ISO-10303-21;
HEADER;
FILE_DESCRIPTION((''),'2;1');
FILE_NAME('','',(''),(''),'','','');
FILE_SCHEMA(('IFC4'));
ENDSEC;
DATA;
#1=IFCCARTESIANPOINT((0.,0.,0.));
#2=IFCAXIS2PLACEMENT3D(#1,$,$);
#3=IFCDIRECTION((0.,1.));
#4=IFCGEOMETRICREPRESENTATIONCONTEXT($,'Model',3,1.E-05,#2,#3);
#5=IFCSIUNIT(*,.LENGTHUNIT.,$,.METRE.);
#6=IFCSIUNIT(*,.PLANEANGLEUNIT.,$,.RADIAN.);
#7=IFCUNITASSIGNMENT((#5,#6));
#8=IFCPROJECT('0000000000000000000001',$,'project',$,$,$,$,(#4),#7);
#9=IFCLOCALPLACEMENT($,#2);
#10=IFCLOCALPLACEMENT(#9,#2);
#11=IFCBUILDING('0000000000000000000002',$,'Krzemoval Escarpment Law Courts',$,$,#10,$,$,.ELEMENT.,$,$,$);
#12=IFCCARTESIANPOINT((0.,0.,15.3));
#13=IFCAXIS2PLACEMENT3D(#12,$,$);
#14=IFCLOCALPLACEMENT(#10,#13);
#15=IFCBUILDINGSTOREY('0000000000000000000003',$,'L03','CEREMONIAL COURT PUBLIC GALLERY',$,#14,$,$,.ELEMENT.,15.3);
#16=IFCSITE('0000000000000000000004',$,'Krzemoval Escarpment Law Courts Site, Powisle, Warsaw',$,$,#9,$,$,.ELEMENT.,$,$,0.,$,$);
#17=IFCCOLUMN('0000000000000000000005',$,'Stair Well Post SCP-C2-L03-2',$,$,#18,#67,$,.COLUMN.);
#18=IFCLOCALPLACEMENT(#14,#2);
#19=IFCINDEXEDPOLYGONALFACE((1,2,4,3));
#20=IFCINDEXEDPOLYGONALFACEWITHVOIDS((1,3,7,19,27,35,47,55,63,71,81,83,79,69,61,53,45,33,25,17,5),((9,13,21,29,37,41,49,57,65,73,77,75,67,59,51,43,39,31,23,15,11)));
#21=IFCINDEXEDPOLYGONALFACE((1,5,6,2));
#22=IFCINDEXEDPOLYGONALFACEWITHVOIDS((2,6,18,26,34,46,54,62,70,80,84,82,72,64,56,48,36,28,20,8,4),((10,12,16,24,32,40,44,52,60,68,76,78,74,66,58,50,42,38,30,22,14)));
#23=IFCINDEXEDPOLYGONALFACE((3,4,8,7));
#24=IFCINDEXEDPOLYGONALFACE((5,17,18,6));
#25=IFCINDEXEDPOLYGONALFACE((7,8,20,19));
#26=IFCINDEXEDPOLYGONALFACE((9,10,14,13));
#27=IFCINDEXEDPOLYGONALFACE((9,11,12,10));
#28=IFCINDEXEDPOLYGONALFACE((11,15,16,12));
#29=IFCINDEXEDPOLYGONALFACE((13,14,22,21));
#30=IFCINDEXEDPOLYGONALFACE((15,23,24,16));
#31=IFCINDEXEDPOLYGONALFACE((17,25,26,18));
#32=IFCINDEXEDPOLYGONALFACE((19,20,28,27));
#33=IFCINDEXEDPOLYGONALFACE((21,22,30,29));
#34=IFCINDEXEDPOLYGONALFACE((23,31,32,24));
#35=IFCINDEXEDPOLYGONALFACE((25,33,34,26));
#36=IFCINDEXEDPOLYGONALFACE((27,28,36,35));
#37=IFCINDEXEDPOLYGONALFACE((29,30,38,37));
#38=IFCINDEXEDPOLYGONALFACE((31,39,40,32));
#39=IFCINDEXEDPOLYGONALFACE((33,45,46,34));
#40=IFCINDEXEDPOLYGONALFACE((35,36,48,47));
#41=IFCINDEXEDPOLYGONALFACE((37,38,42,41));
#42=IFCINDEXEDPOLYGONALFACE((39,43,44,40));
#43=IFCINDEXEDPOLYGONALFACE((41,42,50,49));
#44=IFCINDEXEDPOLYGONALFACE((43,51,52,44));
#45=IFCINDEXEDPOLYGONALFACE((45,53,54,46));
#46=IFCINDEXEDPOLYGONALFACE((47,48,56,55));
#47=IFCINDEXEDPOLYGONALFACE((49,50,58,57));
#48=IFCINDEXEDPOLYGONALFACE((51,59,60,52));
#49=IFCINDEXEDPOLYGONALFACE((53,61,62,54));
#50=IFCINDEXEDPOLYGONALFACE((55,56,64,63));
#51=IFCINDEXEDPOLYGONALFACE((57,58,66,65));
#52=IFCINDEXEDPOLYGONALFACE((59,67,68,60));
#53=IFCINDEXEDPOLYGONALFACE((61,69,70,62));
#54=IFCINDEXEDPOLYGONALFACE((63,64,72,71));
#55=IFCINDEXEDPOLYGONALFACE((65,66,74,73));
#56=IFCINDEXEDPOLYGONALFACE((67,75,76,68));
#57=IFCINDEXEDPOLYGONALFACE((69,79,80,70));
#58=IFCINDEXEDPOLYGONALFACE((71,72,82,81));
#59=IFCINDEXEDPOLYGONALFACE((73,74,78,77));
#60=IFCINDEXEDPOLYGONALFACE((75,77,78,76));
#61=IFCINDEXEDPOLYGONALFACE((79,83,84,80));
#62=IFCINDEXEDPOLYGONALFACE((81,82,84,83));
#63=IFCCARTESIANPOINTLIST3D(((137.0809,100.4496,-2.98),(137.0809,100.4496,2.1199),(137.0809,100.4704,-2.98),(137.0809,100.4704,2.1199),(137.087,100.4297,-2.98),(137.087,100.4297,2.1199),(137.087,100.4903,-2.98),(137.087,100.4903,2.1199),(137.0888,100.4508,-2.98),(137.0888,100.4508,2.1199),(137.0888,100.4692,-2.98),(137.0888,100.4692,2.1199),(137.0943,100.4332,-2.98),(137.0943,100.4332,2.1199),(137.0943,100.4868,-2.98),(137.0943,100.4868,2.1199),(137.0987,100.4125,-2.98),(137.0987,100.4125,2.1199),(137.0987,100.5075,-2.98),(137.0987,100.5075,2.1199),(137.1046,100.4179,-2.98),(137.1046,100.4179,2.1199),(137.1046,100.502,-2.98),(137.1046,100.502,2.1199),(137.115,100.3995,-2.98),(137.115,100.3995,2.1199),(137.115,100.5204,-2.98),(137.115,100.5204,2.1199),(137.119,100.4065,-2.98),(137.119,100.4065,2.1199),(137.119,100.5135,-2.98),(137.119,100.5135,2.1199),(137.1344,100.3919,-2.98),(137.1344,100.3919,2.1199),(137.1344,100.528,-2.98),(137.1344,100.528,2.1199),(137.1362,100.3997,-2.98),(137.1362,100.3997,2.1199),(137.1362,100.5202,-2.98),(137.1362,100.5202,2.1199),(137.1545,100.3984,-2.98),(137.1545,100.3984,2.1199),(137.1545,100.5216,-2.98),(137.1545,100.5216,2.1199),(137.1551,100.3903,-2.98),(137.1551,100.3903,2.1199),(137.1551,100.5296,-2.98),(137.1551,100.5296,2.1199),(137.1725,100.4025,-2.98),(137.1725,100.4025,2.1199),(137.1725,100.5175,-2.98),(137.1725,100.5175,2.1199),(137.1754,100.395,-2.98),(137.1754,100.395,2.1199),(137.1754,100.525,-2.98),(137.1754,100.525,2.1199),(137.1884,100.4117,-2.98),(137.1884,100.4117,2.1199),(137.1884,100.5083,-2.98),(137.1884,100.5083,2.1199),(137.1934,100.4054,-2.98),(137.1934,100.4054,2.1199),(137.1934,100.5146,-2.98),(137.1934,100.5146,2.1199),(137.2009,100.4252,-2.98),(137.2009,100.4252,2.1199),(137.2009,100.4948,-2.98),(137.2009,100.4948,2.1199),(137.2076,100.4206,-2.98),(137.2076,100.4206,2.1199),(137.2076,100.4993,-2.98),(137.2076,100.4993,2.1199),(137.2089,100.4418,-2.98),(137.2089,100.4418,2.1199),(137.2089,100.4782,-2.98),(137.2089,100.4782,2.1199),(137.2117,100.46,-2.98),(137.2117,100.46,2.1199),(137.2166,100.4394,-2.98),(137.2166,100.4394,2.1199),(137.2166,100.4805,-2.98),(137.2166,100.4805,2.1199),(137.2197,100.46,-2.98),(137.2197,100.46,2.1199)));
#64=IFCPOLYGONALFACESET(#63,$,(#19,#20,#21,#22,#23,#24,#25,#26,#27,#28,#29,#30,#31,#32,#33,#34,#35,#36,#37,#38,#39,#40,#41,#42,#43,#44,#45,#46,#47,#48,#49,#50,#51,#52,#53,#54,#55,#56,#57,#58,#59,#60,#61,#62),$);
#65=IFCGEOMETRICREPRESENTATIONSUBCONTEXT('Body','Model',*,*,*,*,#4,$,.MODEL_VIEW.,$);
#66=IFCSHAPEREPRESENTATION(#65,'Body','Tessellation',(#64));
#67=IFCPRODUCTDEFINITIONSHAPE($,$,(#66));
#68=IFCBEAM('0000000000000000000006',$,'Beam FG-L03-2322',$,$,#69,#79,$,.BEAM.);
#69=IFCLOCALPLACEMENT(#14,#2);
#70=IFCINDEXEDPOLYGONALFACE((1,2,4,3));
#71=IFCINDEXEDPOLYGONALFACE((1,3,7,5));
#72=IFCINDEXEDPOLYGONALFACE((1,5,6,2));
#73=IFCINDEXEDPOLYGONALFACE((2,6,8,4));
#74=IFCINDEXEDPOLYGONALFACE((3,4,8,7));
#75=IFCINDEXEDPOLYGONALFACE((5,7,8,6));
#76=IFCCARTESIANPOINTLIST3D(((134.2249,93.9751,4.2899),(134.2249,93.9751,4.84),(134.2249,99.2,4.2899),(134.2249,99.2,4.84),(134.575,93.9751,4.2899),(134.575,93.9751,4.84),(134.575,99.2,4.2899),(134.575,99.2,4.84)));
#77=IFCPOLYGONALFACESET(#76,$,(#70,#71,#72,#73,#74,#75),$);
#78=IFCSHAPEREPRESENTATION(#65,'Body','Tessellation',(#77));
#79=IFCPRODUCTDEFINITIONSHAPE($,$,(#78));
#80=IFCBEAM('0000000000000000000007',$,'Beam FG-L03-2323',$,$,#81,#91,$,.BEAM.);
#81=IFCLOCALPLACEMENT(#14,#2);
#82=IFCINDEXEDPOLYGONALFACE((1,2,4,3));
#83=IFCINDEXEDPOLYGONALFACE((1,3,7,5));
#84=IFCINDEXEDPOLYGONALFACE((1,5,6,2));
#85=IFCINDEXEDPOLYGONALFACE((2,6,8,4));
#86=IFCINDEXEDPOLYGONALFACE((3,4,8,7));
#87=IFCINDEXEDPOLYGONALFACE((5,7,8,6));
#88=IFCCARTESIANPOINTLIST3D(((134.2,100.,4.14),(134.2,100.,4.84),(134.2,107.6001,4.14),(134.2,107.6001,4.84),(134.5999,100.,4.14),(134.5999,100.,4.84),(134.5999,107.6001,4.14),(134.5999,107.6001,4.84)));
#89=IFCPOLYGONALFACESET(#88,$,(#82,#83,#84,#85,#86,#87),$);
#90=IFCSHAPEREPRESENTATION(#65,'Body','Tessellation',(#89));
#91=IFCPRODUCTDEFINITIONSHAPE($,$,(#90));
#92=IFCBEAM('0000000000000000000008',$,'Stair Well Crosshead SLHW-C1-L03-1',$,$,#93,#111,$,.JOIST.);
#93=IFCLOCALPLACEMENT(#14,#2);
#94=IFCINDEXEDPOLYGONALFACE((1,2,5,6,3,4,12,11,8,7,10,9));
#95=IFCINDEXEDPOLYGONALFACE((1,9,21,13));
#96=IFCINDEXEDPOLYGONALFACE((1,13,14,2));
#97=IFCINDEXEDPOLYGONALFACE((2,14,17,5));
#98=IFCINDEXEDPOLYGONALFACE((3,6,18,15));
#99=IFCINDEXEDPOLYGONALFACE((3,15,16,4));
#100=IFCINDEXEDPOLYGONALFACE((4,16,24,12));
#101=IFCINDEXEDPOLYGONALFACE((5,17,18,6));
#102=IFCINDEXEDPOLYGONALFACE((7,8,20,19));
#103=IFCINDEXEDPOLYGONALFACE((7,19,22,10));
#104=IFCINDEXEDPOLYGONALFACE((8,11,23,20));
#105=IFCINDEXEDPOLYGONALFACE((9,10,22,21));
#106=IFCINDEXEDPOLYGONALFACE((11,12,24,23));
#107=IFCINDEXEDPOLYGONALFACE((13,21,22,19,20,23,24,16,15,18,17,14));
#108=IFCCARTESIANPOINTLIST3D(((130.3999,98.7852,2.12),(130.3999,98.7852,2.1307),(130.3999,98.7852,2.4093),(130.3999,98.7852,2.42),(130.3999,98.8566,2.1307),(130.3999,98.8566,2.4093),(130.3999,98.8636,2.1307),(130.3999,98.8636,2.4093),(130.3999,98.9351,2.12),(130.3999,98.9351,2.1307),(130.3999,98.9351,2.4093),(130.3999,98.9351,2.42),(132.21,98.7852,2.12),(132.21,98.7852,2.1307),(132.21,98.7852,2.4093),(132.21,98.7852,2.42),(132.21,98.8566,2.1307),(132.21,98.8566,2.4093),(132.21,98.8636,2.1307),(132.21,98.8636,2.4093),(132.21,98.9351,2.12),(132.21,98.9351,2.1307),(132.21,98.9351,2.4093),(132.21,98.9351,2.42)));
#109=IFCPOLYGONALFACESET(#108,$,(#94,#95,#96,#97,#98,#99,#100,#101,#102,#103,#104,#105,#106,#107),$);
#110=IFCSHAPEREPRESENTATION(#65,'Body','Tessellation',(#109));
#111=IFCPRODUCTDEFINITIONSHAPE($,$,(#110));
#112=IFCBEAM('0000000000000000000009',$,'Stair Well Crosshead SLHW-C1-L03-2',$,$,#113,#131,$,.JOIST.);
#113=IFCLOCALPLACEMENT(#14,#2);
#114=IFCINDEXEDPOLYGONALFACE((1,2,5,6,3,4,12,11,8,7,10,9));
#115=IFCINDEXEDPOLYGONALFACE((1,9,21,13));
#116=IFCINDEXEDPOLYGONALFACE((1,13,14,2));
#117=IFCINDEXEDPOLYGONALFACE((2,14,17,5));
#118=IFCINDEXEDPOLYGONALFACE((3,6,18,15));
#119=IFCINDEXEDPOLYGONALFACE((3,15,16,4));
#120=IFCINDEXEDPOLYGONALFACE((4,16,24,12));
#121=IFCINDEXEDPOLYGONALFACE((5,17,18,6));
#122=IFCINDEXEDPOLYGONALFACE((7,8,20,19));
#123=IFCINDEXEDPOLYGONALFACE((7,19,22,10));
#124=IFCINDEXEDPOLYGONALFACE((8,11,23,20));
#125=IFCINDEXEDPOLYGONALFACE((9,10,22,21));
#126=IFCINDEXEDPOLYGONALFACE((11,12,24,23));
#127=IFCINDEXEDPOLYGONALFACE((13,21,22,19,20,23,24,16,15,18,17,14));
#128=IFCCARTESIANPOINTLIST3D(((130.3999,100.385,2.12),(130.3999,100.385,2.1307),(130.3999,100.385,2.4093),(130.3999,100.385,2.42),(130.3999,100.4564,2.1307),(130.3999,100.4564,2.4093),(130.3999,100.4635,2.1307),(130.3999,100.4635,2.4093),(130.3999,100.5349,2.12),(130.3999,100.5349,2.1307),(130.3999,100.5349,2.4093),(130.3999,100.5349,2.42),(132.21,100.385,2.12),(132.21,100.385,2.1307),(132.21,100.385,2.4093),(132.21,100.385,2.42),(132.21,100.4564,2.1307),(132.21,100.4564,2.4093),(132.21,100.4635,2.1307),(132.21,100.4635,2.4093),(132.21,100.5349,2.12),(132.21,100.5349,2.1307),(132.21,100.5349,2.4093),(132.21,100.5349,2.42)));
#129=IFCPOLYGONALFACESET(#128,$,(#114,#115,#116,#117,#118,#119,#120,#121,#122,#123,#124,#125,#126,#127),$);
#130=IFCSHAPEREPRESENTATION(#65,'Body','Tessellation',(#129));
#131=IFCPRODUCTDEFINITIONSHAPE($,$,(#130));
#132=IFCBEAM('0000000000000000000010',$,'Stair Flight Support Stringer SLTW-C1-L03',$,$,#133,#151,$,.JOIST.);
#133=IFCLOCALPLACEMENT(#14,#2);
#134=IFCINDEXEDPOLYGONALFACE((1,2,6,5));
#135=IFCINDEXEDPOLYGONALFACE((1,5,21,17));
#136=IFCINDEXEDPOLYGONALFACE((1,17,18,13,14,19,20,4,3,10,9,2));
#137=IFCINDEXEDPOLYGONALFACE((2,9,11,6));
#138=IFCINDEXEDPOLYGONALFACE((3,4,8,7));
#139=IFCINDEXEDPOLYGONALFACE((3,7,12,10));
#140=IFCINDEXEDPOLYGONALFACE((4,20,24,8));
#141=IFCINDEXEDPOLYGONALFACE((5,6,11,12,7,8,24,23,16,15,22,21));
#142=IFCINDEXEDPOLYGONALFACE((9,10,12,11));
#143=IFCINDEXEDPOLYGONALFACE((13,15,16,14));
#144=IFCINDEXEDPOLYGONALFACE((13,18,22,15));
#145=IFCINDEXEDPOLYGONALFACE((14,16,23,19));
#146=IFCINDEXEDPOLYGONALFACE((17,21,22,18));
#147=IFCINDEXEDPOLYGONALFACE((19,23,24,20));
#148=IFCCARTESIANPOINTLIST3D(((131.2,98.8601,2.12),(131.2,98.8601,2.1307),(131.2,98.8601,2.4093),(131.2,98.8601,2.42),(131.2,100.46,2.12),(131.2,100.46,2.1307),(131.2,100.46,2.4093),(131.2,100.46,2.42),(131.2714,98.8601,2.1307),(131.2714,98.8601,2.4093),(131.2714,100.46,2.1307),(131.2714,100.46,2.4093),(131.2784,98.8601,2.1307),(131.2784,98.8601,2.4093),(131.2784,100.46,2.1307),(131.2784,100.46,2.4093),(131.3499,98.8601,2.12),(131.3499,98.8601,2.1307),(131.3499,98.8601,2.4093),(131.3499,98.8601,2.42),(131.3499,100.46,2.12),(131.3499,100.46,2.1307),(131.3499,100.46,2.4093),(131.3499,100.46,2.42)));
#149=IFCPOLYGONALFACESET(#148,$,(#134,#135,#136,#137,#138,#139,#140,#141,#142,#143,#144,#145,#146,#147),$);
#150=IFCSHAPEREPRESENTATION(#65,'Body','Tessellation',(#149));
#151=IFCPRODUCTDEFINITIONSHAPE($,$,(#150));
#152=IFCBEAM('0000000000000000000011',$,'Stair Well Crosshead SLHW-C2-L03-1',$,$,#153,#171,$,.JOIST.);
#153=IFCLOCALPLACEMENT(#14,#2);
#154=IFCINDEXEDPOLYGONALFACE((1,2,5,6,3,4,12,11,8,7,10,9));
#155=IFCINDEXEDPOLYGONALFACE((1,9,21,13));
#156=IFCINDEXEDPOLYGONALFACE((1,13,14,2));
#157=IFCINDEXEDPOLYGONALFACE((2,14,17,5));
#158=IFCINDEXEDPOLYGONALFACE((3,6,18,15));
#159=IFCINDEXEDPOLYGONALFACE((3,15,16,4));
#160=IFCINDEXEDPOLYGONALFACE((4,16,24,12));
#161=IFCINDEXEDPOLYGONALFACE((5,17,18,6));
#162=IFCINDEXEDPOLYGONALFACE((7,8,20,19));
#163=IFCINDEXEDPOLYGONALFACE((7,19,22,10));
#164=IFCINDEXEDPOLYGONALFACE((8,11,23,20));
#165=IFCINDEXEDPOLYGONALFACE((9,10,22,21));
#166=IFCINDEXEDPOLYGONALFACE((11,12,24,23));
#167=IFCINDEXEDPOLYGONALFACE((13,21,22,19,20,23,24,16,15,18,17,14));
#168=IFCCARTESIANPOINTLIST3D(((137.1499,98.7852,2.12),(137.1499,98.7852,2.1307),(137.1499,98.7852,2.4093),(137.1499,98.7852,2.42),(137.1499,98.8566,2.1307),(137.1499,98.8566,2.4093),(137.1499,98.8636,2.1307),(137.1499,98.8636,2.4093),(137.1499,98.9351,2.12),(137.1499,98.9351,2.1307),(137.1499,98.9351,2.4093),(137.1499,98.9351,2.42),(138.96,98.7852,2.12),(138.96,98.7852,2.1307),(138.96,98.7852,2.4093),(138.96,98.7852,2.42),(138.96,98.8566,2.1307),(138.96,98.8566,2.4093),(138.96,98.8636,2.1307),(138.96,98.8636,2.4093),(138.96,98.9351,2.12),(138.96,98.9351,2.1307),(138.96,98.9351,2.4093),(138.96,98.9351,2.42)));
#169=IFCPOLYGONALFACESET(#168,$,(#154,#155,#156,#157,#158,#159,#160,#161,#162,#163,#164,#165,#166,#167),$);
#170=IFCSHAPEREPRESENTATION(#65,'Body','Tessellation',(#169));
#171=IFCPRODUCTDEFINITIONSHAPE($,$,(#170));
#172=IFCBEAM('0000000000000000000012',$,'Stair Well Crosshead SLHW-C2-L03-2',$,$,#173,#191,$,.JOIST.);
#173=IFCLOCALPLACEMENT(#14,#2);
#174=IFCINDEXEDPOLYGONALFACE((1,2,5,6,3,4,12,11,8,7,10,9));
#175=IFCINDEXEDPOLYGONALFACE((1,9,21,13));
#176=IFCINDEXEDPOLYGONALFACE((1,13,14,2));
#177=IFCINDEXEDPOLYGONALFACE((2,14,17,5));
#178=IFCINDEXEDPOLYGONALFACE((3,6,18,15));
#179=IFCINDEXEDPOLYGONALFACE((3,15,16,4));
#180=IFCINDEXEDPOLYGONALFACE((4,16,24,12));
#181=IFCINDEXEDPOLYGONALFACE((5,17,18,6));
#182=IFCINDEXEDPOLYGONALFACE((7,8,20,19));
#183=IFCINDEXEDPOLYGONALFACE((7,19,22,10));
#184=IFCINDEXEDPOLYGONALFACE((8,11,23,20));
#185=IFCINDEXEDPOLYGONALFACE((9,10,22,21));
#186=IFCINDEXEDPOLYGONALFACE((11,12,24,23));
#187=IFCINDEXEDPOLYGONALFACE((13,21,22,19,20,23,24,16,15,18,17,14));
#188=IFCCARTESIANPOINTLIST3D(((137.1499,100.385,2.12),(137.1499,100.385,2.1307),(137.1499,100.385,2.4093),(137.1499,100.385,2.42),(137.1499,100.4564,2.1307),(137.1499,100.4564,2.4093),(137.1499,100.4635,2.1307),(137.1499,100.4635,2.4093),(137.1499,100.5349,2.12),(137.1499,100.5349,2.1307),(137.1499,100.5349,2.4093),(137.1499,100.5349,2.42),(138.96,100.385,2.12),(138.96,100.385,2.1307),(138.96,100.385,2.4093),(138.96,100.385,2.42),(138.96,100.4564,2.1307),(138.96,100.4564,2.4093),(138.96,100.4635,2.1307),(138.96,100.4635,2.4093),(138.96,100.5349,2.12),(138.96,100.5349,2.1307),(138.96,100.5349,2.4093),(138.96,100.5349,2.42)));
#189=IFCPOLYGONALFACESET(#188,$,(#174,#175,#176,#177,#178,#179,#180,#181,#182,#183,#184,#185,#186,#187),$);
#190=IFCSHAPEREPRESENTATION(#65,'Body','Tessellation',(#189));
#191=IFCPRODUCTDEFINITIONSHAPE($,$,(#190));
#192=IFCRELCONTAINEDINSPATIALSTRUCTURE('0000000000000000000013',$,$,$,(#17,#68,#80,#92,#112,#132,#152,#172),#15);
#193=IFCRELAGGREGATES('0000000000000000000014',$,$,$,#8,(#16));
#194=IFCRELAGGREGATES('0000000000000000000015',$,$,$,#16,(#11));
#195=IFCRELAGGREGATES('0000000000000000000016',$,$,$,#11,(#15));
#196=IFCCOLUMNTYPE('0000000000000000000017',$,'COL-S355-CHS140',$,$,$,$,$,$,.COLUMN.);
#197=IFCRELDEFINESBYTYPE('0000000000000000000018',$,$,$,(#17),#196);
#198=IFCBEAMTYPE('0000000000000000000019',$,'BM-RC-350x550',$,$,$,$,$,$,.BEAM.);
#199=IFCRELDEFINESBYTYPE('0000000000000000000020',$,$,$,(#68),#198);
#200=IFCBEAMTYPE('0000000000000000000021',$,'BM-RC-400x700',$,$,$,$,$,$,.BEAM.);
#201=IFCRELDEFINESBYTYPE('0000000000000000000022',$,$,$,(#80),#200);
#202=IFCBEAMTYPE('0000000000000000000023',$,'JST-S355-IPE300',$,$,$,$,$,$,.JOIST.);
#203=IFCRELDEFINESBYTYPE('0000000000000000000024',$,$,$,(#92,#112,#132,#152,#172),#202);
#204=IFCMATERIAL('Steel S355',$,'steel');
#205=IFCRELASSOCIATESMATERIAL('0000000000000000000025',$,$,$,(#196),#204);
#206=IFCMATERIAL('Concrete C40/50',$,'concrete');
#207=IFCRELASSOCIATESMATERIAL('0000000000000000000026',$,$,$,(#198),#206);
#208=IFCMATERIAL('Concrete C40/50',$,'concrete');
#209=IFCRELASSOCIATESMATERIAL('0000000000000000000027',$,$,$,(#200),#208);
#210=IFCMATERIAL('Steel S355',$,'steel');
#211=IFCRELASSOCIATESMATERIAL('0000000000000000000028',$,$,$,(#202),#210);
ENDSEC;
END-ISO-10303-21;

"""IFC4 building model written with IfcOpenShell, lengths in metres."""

from ifc_helpers import new_model, si_unit, direction, frame, origin, origin_2d, place, context, subcontext, project, spatial, rectangle, hollow_circle, i_section, extrude, material, material_profile, profile_set, type_object, element, save


model = new_model("IFC4")

# Units and contexts
model_context = context("Model", 3, precision=1e-05, world=origin(), true_north=direction((0.0, 1.0)))
body_context = subcontext(model_context, "Body", "Model", "MODEL_VIEW")
ifc_project = project(units=[si_unit("LENGTHUNIT", "METRE"), si_unit("PLANEANGLEUNIT", "RADIAN")], contexts=[model_context])

# Site, building, storey
site_placement = place(None, origin())
site = spatial("IfcSite", under=ifc_project, at=site_placement, Name="Krzemoval Escarpment Law Courts Site, Powisle, Warsaw", CompositionType="ELEMENT", RefElevation=0.0)
building_placement = place(site_placement, origin())
building = spatial("IfcBuilding", under=site, at=building_placement, Name="Krzemoval Escarpment Law Courts", CompositionType="ELEMENT")
storey_placement = place(building_placement, frame((0.0, 0.0, 15.3)))
storey = spatial("IfcBuildingStorey", under=building, at=storey_placement, Name="L03", Description="CEREMONIAL COURT PUBLIC GALLERY", CompositionType="ELEMENT", Elevation=15.3)

# Column
ifc_material_1 = material(Name="Steel S355", Category="steel")
ifc_material_profile_1 = material_profile(ifc_material_1, hollow_circle(Radius=0.0698, WallThickness=0.0081, at=origin_2d()), Name="CHS 139.7x8")
ifc_profile_set_1 = profile_set([ifc_material_profile_1], Name="Steel S355")
column_type_1 = type_object("IfcColumnType", Name="COL-S355-CHS140", PredefinedType="COLUMN", material=ifc_profile_set_1)
for number, where, z_axis, x_axis, name in (
    (1, (137.1499, 100.46, -2.98), (0.0, 0.0, 1.0), (1.0, 0.0, 0.0), "Stair Well Post SCP-C2-L03-2"),
):
    element("IfcColumn", number, at=place(storey_placement, frame(where, z_axis=z_axis, x_axis=x_axis)), inside=storey, type_object=column_type_1, Name=name, PredefinedType="COLUMN", context=body_context, shape_type="SweptSolid", body=[
        extrude(hollow_circle(Radius=0.0698, WallThickness=0.0081, at=origin_2d()), origin(), (0.0, 0.0, 1.0), 5.0999),
    ])

# Beams
ifc_material_2 = material(Name="Concrete C40/50", Category="concrete")
ifc_material_profile_2 = material_profile(ifc_material_2, rectangle(XDim=0.3501, YDim=0.55, at=origin_2d()), Name="RCB 350x550")
ifc_profile_set_2 = profile_set([ifc_material_profile_2], Name="Concrete C40/50")
beam_type_1 = type_object("IfcBeamType", Name="BM-RC-350x550", PredefinedType="BEAM", material=ifc_profile_set_2)
beam_1_placement = place(storey_placement, frame((134.3999, 93.9751, 4.5649), z_axis=(0.0, 1.0, 0.0), x_axis=(-1.0, 0.0, 0.0)))
element("IfcBeam", 2, at=beam_1_placement, inside=storey, type_object=beam_type_1, Name="Beam FG-L03-2322", PredefinedType="BEAM", context=body_context, shape_type="SweptSolid", body=[
    extrude(rectangle(XDim=0.3501, YDim=0.55, at=origin_2d()), origin(), (0.0, 0.0, 1.0), 5.2249),
])
ifc_material_3 = material(Name="Concrete C40/50", Category="concrete")
ifc_material_profile_3 = material_profile(ifc_material_3, rectangle(XDim=0.3999, YDim=0.7, at=origin_2d()), Name="RCB 400x700")
ifc_profile_set_3 = profile_set([ifc_material_profile_3], Name="Concrete C40/50")
beam_type_2 = type_object("IfcBeamType", Name="BM-RC-400x700", PredefinedType="BEAM", material=ifc_profile_set_3)
beam_2_placement = place(storey_placement, frame((134.3999, 100.0, 4.49), z_axis=(0.0, 1.0, 0.0), x_axis=(-1.0, 0.0, 0.0)))
element("IfcBeam", 3, at=beam_2_placement, inside=storey, type_object=beam_type_2, Name="Beam FG-L03-2323", PredefinedType="BEAM", context=body_context, shape_type="SweptSolid", body=[
    extrude(rectangle(XDim=0.3999, YDim=0.7, at=origin_2d()), origin(), (0.0, 0.0, 1.0), 7.6001),
])
ifc_material_4 = material(Name="Steel S355", Category="steel")
ifc_material_profile_4 = material_profile(ifc_material_4, i_section(OverallWidth=0.1499, OverallDepth=0.3, WebThickness=0.0071, FlangeThickness=0.0107, at=origin_2d()), Name="IPE 300")
ifc_profile_set_4 = profile_set([ifc_material_profile_4], Name="Steel S355")
beam_type_3 = type_object("IfcBeamType", Name="JST-S355-IPE300", PredefinedType="JOIST", material=ifc_profile_set_4)
for number, where, z_axis, x_axis, name in (
    (4, (130.3999, 98.8601, 2.27), (1.0, 0.0, 0.0), (0.0, 1.0, 0.0), "Stair Well Crosshead SLHW-C1-L03-1"),
    (5, (130.3999, 100.46, 2.27), (1.0, 0.0, 0.0), (0.0, 1.0, 0.0), "Stair Well Crosshead SLHW-C1-L03-2"),
):
    element("IfcBeam", number, at=place(storey_placement, frame(where, z_axis=z_axis, x_axis=x_axis)), inside=storey, type_object=beam_type_3, Name=name, PredefinedType="JOIST", context=body_context, shape_type="SweptSolid", body=[
        extrude(i_section(OverallWidth=0.1499, OverallDepth=0.3, WebThickness=0.0071, FlangeThickness=0.0107, at=origin_2d()), origin(), (0.0, 0.0, 1.0), 1.8101),
    ])
beam_3_placement = place(storey_placement, frame((131.2749, 98.8601, 2.27), z_axis=(0.0, 1.0, 0.0), x_axis=(-1.0, 0.0, 0.0)))
element("IfcBeam", 6, at=beam_3_placement, inside=storey, type_object=beam_type_3, Name="Stair Flight Support Stringer SLTW-C1-L03", PredefinedType="JOIST", context=body_context, shape_type="SweptSolid", body=[
    extrude(i_section(OverallWidth=0.1499, OverallDepth=0.3, WebThickness=0.0071, FlangeThickness=0.0107, at=origin_2d()), origin(), (0.0, 0.0, 1.0), 1.5999),
])
for number, where, z_axis, x_axis, name in (
    (7, (137.1499, 98.8601, 2.27), (1.0, 0.0, 0.0), (0.0, 1.0, 0.0), "Stair Well Crosshead SLHW-C2-L03-1"),
    (8, (137.1499, 100.46, 2.27), (1.0, 0.0, 0.0), (0.0, 1.0, 0.0), "Stair Well Crosshead SLHW-C2-L03-2"),
):
    element("IfcBeam", number, at=place(storey_placement, frame(where, z_axis=z_axis, x_axis=x_axis)), inside=storey, type_object=beam_type_3, Name=name, PredefinedType="JOIST", context=body_context, shape_type="SweptSolid", body=[
        extrude(i_section(OverallWidth=0.1499, OverallDepth=0.3, WebThickness=0.0071, FlangeThickness=0.0107, at=origin_2d()), origin(), (0.0, 0.0, 1.0), 1.8101),
    ])

save(model, "model.ifc")
